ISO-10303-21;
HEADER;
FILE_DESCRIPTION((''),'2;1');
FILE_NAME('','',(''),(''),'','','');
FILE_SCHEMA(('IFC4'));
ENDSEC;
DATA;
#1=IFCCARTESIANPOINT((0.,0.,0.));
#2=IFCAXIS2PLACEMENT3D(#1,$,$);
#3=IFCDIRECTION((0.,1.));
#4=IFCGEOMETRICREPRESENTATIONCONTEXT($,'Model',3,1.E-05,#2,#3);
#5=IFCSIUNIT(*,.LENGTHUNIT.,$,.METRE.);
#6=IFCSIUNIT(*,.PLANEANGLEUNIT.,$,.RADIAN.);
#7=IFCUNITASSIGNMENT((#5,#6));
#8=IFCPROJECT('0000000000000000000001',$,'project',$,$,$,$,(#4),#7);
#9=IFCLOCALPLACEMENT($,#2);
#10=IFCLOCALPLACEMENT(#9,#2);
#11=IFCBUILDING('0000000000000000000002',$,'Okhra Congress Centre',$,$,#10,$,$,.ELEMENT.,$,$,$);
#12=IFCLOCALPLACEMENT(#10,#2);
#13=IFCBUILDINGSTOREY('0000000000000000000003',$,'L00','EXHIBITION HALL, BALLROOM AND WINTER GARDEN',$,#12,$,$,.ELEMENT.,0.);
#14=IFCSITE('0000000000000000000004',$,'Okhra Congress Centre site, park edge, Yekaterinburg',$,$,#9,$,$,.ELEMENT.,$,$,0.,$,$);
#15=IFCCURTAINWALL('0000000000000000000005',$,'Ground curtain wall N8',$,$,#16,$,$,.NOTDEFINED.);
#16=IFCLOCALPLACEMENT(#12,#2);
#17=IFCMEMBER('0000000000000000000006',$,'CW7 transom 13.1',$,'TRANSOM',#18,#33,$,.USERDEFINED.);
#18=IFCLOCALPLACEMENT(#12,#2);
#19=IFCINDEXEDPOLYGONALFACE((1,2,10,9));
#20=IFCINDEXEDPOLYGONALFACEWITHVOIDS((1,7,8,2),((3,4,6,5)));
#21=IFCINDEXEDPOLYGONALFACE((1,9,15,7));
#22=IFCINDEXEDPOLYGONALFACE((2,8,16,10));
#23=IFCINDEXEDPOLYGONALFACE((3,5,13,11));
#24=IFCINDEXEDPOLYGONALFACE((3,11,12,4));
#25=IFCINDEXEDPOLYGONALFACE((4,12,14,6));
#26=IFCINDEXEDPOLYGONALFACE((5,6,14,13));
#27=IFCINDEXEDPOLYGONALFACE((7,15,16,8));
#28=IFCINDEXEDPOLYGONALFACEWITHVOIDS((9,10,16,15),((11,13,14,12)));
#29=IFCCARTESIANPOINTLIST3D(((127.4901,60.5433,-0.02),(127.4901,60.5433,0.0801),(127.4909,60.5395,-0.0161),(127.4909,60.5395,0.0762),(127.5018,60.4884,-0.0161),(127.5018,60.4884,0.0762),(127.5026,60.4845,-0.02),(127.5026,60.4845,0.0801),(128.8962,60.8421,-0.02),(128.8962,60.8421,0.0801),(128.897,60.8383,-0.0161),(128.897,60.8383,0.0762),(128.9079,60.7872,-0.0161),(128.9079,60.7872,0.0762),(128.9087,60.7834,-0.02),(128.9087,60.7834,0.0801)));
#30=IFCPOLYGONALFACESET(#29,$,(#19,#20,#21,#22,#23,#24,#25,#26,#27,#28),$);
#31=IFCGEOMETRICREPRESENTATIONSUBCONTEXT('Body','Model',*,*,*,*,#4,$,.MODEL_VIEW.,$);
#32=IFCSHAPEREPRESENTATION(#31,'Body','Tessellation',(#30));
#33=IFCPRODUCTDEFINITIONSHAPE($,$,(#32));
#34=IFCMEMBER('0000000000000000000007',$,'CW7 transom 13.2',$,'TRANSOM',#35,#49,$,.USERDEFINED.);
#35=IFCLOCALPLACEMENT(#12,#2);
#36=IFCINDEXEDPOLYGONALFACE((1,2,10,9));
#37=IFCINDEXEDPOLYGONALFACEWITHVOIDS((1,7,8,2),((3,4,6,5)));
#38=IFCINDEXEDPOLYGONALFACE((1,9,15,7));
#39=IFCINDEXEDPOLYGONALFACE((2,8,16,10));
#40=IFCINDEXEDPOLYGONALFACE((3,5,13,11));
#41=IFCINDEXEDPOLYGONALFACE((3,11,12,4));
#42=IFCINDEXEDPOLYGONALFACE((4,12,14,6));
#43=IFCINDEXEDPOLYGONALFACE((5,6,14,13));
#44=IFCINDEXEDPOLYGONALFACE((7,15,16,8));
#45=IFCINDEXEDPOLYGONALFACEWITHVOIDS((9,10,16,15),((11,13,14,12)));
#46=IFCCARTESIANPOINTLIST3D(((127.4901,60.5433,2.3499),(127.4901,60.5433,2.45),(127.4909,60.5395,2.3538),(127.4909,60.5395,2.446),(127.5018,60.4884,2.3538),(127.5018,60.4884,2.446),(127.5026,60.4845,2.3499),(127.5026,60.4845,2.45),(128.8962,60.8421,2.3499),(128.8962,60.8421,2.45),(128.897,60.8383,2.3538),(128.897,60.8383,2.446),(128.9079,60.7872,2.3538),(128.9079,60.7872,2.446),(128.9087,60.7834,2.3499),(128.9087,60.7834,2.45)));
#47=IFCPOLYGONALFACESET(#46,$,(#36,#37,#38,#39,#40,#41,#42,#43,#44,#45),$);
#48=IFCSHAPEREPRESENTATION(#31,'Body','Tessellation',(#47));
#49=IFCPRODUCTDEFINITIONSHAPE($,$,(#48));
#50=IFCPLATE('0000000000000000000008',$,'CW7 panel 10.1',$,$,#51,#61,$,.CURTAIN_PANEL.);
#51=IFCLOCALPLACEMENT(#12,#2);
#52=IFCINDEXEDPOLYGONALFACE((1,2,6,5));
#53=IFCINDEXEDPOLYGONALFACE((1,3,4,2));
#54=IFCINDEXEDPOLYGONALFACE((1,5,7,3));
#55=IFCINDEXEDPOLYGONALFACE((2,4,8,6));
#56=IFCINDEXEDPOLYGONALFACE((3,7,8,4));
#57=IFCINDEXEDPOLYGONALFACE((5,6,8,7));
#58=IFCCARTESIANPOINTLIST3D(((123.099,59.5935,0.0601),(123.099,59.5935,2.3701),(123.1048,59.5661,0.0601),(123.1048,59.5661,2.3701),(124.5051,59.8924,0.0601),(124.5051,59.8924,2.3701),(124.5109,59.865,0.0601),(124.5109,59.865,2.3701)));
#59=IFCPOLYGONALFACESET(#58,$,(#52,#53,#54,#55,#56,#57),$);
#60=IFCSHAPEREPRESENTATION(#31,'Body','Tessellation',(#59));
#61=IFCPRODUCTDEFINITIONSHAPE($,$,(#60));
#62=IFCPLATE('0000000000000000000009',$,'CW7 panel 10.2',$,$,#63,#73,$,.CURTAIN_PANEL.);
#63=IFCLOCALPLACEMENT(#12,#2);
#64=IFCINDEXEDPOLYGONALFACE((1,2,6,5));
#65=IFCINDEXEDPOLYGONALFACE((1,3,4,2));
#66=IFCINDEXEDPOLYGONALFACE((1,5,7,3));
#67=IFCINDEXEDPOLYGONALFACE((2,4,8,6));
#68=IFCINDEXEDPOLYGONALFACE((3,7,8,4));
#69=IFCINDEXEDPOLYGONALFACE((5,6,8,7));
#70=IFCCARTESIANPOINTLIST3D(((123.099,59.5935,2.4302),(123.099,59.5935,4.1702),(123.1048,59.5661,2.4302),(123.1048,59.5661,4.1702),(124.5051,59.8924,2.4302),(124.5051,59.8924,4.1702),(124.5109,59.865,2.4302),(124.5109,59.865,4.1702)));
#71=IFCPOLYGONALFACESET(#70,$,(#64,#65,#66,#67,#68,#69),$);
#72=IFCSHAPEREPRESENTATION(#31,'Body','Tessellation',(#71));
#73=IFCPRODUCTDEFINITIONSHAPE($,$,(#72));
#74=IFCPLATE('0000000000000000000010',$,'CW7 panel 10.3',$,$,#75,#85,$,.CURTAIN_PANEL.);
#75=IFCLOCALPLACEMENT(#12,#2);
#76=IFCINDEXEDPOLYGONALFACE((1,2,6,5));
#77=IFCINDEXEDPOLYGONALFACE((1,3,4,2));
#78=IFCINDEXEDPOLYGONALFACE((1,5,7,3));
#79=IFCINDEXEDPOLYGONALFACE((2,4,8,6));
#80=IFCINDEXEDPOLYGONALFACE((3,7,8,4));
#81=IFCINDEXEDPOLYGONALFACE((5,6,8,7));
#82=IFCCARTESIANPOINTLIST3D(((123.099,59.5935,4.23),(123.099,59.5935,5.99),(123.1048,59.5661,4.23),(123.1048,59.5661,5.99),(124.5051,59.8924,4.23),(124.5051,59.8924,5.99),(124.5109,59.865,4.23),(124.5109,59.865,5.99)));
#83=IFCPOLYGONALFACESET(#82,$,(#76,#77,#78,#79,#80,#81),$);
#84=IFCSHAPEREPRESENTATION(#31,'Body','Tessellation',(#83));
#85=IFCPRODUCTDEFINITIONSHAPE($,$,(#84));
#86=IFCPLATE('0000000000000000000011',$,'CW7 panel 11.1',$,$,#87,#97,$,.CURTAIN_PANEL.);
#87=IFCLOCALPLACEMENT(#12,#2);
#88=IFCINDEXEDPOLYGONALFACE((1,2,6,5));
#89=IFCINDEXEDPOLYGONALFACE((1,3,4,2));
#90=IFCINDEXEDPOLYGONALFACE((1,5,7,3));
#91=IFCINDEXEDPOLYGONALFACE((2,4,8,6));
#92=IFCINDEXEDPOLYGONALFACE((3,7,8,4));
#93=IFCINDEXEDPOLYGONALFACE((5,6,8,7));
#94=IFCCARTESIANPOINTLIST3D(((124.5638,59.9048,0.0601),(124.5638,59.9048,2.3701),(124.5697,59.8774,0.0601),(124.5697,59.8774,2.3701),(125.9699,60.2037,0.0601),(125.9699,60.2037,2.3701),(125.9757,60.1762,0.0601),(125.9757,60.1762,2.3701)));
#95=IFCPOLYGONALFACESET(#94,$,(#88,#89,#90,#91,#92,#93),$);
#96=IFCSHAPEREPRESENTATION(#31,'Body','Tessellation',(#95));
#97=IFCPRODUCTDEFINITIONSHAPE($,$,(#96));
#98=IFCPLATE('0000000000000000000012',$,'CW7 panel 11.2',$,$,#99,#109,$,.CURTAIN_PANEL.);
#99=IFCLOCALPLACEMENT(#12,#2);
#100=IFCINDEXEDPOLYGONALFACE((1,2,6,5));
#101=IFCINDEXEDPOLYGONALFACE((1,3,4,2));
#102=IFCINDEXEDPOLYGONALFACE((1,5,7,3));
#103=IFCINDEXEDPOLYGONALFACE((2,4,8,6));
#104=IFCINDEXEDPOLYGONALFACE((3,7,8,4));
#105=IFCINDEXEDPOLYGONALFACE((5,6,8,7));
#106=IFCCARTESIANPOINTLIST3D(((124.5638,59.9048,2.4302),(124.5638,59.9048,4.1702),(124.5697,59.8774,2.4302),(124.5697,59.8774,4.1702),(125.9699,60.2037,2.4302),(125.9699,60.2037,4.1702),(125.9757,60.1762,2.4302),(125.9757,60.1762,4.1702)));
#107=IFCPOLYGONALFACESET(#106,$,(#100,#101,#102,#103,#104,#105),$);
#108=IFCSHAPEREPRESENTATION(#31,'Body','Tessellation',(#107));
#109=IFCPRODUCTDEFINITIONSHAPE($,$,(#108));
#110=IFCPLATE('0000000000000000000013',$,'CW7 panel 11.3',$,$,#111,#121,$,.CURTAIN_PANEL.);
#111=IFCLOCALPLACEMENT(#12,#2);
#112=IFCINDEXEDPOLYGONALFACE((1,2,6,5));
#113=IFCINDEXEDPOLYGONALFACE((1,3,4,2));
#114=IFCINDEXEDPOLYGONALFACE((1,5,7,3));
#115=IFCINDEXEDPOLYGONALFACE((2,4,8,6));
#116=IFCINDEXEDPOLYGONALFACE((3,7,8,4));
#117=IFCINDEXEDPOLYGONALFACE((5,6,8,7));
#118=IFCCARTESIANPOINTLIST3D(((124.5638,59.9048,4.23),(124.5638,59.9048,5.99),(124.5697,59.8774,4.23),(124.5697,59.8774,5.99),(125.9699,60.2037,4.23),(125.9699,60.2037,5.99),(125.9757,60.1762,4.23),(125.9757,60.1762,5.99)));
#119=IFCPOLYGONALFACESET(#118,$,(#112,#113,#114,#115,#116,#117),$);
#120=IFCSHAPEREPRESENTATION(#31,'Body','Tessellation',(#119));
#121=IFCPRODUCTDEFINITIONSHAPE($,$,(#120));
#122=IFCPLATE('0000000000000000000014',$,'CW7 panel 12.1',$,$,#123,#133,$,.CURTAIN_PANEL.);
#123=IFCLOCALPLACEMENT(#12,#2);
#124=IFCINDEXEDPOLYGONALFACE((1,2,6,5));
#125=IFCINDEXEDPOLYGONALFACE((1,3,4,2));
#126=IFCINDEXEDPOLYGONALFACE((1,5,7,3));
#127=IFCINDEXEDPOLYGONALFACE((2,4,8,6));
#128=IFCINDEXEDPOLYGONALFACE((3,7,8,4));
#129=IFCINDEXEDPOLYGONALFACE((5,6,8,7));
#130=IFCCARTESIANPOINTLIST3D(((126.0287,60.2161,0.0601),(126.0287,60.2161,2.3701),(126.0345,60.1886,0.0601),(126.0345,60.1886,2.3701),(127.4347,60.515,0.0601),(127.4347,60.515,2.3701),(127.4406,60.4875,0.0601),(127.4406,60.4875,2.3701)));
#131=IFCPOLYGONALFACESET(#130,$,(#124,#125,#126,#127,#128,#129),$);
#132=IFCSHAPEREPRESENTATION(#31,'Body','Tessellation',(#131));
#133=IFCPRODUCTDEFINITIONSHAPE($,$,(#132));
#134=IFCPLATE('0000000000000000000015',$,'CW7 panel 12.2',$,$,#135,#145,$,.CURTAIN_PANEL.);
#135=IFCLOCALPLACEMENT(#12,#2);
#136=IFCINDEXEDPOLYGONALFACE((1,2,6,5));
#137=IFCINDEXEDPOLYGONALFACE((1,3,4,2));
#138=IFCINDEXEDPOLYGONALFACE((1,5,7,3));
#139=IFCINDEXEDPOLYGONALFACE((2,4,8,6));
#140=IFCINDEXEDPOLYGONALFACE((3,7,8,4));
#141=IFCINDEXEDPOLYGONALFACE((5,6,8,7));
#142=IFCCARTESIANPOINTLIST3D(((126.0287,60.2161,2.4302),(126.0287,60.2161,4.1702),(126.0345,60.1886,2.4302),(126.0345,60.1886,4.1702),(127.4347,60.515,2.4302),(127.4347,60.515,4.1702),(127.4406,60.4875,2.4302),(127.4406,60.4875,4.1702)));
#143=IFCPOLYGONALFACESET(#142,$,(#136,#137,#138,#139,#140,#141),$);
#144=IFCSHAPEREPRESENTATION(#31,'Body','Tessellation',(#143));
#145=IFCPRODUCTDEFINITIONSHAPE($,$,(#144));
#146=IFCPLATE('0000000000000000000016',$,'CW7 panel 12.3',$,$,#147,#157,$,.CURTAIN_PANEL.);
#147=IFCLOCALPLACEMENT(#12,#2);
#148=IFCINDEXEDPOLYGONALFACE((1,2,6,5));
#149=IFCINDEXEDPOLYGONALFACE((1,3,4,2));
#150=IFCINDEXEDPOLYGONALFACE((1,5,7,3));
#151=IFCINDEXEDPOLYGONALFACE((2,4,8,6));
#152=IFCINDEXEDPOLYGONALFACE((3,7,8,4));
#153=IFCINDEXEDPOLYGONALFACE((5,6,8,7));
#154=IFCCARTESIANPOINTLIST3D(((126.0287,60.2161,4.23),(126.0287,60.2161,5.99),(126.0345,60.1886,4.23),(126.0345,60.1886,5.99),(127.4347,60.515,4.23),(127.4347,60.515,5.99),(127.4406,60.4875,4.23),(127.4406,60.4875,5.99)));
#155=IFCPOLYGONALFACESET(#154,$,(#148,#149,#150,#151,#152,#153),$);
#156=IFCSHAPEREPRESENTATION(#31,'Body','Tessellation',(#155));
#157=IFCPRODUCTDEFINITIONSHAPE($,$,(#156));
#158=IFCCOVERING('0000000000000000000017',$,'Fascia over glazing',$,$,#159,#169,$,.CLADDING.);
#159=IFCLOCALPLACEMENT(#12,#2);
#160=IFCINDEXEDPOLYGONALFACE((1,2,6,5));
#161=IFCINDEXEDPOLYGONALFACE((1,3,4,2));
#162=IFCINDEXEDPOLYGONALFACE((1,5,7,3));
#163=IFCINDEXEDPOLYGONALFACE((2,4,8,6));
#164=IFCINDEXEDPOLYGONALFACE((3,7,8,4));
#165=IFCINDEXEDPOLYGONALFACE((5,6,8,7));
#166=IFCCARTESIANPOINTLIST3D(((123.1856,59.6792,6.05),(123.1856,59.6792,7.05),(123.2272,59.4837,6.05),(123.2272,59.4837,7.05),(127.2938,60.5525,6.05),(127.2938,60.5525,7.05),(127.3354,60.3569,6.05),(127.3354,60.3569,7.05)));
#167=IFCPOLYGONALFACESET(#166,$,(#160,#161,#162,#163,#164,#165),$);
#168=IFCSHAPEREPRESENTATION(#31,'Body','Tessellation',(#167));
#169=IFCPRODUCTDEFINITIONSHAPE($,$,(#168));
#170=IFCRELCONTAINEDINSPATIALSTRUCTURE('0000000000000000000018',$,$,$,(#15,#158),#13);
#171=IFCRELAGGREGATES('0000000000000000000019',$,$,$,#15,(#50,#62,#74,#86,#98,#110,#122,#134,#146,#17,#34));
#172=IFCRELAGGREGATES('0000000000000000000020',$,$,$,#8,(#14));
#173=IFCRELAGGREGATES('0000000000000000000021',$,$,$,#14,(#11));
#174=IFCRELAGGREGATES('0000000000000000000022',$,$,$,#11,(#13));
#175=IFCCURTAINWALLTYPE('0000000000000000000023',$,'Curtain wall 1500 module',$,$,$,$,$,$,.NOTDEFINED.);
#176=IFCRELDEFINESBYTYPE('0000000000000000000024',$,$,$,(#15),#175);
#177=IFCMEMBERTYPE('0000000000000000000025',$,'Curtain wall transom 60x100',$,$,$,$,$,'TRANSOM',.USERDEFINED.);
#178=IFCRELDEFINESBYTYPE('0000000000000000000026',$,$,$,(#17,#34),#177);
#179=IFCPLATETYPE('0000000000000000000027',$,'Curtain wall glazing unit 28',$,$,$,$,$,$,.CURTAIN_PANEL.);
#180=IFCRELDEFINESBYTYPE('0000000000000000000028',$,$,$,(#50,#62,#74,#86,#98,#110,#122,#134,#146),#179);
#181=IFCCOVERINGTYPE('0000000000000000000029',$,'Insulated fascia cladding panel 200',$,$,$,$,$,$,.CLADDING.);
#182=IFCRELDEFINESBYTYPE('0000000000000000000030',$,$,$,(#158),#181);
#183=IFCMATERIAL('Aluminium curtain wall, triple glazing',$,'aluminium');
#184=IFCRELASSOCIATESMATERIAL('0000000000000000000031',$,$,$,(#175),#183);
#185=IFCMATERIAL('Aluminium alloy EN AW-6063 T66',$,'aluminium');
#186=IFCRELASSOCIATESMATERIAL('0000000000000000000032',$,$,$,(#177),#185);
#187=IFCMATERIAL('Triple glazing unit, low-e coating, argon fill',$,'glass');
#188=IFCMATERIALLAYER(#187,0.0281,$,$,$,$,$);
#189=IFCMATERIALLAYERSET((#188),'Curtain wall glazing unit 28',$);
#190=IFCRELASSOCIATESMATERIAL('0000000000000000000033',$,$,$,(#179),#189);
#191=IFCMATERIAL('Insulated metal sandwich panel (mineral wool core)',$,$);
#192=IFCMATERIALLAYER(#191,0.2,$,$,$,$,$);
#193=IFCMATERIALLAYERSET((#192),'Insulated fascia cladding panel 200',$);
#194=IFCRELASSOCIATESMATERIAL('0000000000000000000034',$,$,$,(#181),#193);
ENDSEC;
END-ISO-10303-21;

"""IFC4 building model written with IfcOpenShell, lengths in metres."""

from ifc_helpers import new_model, si_unit, direction, frame, origin, origin_2d, place, context, subcontext, project, spatial, rectangle, hollow_rectangle, extrude, material, layer, layer_set, material_profile, profile_set, type_object, element, aggregate, save


model = new_model("IFC4")

# Units and contexts
model_context = context("Model", 3, precision=1e-05, world=origin(), true_north=direction((0.0, 1.0)))
body_context = subcontext(model_context, "Body", "Model", "MODEL_VIEW")
ifc_project = project(units=[si_unit("LENGTHUNIT", "METRE"), si_unit("PLANEANGLEUNIT", "RADIAN")], contexts=[model_context])

# Site, building, storey
site_placement = place(None, origin())
site = spatial("IfcSite", under=ifc_project, at=site_placement, Name="Okhra Congress Centre site, park edge, Yekaterinburg", CompositionType="ELEMENT", RefElevation=0.0)
building_placement = place(site_placement, origin())
building = spatial("IfcBuilding", under=site, at=building_placement, Name="Okhra Congress Centre", CompositionType="ELEMENT")
storey_placement = place(building_placement, origin())
storey = spatial("IfcBuildingStorey", under=building, at=storey_placement, Name="L00", Description="EXHIBITION HALL, BALLROOM AND WINTER GARDEN", CompositionType="ELEMENT", Elevation=0.0)

# Curtain wall, members, plates
ifc_material_1 = material(Name="Aluminium curtain wall, triple glazing", Category="aluminium")
curtain_wall_type = type_object("IfcCurtainWallType", Name="Curtain wall 1500 module", PredefinedType="NOTDEFINED", material=ifc_material_1)
curtain_wall_placement = place(storey_placement, origin())
curtain_wall = element("IfcCurtainWall", 1, at=curtain_wall_placement, inside=storey, type_object=curtain_wall_type, Name="Ground curtain wall N8", PredefinedType="NOTDEFINED")
ifc_material_2 = material(Name="Aluminium alloy EN AW-6063 T66", Category="aluminium")
ifc_material_profile_1 = material_profile(ifc_material_2, hollow_rectangle(XDim=0.0601, YDim=0.1001, WallThickness=0.0039, at=origin_2d()), Name="RHS 60x100x4")
ifc_profile_set_1 = profile_set([ifc_material_profile_1], Name="Aluminium alloy EN AW-6063 T66")
member_type_1 = type_object("IfcMemberType", Name="Curtain wall transom 60x100", ElementType="TRANSOM", PredefinedType="USERDEFINED", material=ifc_profile_set_1)
member_1_placement = place(storey_placement, frame((127.4963, 60.5139, 0.03), z_axis=(0.978152, 0.207893, 0.0), x_axis=(-0.207893, 0.978152, 0.0)))
member_1 = element("IfcMember", 2, at=member_1_placement, type_object=member_type_1, Name="CW7 transom 13.1", ObjectType="TRANSOM", PredefinedType="USERDEFINED", context=body_context, shape_type="SweptSolid", body=[
    extrude(hollow_rectangle(XDim=0.0601, YDim=0.1001, WallThickness=0.0039, at=origin_2d()), origin(), (0.0, 0.0, 1.0), 1.4375),
])
member_2_placement = place(storey_placement, frame((127.4963, 60.5139, 2.3999), z_axis=(0.978152, 0.207893, 0.0), x_axis=(-0.207893, 0.978152, 0.0)))
member_2 = element("IfcMember", 3, at=member_2_placement, type_object=member_type_1, Name="CW7 transom 13.2", ObjectType="TRANSOM", PredefinedType="USERDEFINED", context=body_context, shape_type="SweptSolid", body=[
    extrude(hollow_rectangle(XDim=0.0601, YDim=0.1001, WallThickness=0.0039, at=origin_2d()), origin(), (0.0, 0.0, 1.0), 1.4375),
])
ifc_material_3 = material(Name="Triple glazing unit, low-e coating, argon fill", Category="glass")
ifc_layer_1 = layer(ifc_material_3, 0.0281)
ifc_layer_set_1 = layer_set([ifc_layer_1], Name="Curtain wall glazing unit 28")
plate_type = type_object("IfcPlateType", Name="Curtain wall glazing unit 28", PredefinedType="CURTAIN_PANEL", material=ifc_layer_set_1)
plate_1_placement = place(storey_placement, frame((123.8049, 59.7292, 0.0601), z_axis=(0.0, 0.0, 1.0), x_axis=(0.978148, 0.207912, 0.0)))
plate_1 = element("IfcPlate", 4, at=plate_1_placement, type_object=plate_type, Name="CW7 panel 10.1", PredefinedType="CURTAIN_PANEL", context=body_context, shape_type="SweptSolid", body=[
    extrude(rectangle(XDim=1.4375, YDim=0.0281, at=origin_2d()), origin(), (0.0, 0.0, 1.0), 2.3101),
])
plate_2_placement = place(storey_placement, frame((123.8049, 59.7292, 2.4302), z_axis=(0.0, 0.0, 1.0), x_axis=(0.978148, 0.207912, 0.0)))
plate_2 = element("IfcPlate", 5, at=plate_2_placement, type_object=plate_type, Name="CW7 panel 10.2", PredefinedType="CURTAIN_PANEL", context=body_context, shape_type="SweptSolid", body=[
    extrude(rectangle(XDim=1.4375, YDim=0.0281, at=origin_2d()), origin(), (0.0, 0.0, 1.0), 1.74),
])
plate_3_placement = place(storey_placement, frame((123.8049, 59.7292, 4.23), z_axis=(0.0, 0.0, 1.0), x_axis=(0.978148, 0.207912, 0.0)))
plate_3 = element("IfcPlate", 6, at=plate_3_placement, type_object=plate_type, Name="CW7 panel 10.3", PredefinedType="CURTAIN_PANEL", context=body_context, shape_type="SweptSolid", body=[
    extrude(rectangle(XDim=1.4375, YDim=0.0281, at=origin_2d()), origin(), (0.0, 0.0, 1.0), 1.76),
])
plate_4_placement = place(storey_placement, frame((125.2698, 60.0405, 0.0601), z_axis=(0.0, 0.0, 1.0), x_axis=(0.978148, 0.207912, 0.0)))
plate_4 = element("IfcPlate", 7, at=plate_4_placement, type_object=plate_type, Name="CW7 panel 11.1", PredefinedType="CURTAIN_PANEL", context=body_context, shape_type="SweptSolid", body=[
    extrude(rectangle(XDim=1.4375, YDim=0.0281, at=origin_2d()), origin(), (0.0, 0.0, 1.0), 2.3101),
])
plate_5_placement = place(storey_placement, frame((125.2698, 60.0405, 2.4302), z_axis=(0.0, 0.0, 1.0), x_axis=(0.978148, 0.207912, 0.0)))
plate_5 = element("IfcPlate", 8, at=plate_5_placement, type_object=plate_type, Name="CW7 panel 11.2", PredefinedType="CURTAIN_PANEL", context=body_context, shape_type="SweptSolid", body=[
    extrude(rectangle(XDim=1.4375, YDim=0.0281, at=origin_2d()), origin(), (0.0, 0.0, 1.0), 1.74),
])
plate_6_placement = place(storey_placement, frame((125.2698, 60.0405, 4.23), z_axis=(0.0, 0.0, 1.0), x_axis=(0.978148, 0.207912, 0.0)))
plate_6 = element("IfcPlate", 9, at=plate_6_placement, type_object=plate_type, Name="CW7 panel 11.3", PredefinedType="CURTAIN_PANEL", context=body_context, shape_type="SweptSolid", body=[
    extrude(rectangle(XDim=1.4375, YDim=0.0281, at=origin_2d()), origin(), (0.0, 0.0, 1.0), 1.76),
])
plate_7_placement = place(storey_placement, frame((126.7346, 60.3518, 0.0601), z_axis=(0.0, 0.0, 1.0), x_axis=(0.978148, 0.207912, 0.0)))
plate_7 = element("IfcPlate", 10, at=plate_7_placement, type_object=plate_type, Name="CW7 panel 12.1", PredefinedType="CURTAIN_PANEL", context=body_context, shape_type="SweptSolid", body=[
    extrude(rectangle(XDim=1.4375, YDim=0.0281, at=origin_2d()), origin(), (0.0, 0.0, 1.0), 2.3101),
])
plate_8_placement = place(storey_placement, frame((126.7346, 60.3518, 2.4302), z_axis=(0.0, 0.0, 1.0), x_axis=(0.978148, 0.207912, 0.0)))
plate_8 = element("IfcPlate", 11, at=plate_8_placement, type_object=plate_type, Name="CW7 panel 12.2", PredefinedType="CURTAIN_PANEL", context=body_context, shape_type="SweptSolid", body=[
    extrude(rectangle(XDim=1.4375, YDim=0.0281, at=origin_2d()), origin(), (0.0, 0.0, 1.0), 1.74),
])
plate_9_placement = place(storey_placement, frame((126.7346, 60.3518, 4.23), z_axis=(0.0, 0.0, 1.0), x_axis=(0.978148, 0.207912, 0.0)))
plate_9 = element("IfcPlate", 12, at=plate_9_placement, type_object=plate_type, Name="CW7 panel 12.3", PredefinedType="CURTAIN_PANEL", context=body_context, shape_type="SweptSolid", body=[
    extrude(rectangle(XDim=1.4375, YDim=0.0281, at=origin_2d()), origin(), (0.0, 0.0, 1.0), 1.76),
])
aggregate(curtain_wall, [plate_1, plate_2, plate_3, plate_4, plate_5, plate_6, plate_7, plate_8, plate_9, member_1, member_2])

# Covering
ifc_material_4 = material(Name="Insulated metal sandwich panel (mineral wool core)")
ifc_layer_2 = layer(ifc_material_4, 0.2)
ifc_layer_set_2 = layer_set([ifc_layer_2], Name="Insulated fascia cladding panel 200")
covering_type = type_object("IfcCoveringType", Name="Insulated fascia cladding panel 200", PredefinedType="CLADDING", material=ifc_layer_set_2)
covering_placement = place(storey_placement, frame((125.2605, 60.0181, 6.05), z_axis=(0.0, 0.0, 1.0), x_axis=(0.978148, 0.207912, 0.0)))
element("IfcCovering", 13, at=covering_placement, inside=storey, type_object=covering_type, Name="Fascia over glazing", PredefinedType="CLADDING", context=body_context, shape_type="SweptSolid", body=[
    extrude(rectangle(XDim=4.2, YDim=0.2, at=origin_2d()), origin(), (0.0, 0.0, 1.0), 1.0),
])

save(model, "model.ifc")
